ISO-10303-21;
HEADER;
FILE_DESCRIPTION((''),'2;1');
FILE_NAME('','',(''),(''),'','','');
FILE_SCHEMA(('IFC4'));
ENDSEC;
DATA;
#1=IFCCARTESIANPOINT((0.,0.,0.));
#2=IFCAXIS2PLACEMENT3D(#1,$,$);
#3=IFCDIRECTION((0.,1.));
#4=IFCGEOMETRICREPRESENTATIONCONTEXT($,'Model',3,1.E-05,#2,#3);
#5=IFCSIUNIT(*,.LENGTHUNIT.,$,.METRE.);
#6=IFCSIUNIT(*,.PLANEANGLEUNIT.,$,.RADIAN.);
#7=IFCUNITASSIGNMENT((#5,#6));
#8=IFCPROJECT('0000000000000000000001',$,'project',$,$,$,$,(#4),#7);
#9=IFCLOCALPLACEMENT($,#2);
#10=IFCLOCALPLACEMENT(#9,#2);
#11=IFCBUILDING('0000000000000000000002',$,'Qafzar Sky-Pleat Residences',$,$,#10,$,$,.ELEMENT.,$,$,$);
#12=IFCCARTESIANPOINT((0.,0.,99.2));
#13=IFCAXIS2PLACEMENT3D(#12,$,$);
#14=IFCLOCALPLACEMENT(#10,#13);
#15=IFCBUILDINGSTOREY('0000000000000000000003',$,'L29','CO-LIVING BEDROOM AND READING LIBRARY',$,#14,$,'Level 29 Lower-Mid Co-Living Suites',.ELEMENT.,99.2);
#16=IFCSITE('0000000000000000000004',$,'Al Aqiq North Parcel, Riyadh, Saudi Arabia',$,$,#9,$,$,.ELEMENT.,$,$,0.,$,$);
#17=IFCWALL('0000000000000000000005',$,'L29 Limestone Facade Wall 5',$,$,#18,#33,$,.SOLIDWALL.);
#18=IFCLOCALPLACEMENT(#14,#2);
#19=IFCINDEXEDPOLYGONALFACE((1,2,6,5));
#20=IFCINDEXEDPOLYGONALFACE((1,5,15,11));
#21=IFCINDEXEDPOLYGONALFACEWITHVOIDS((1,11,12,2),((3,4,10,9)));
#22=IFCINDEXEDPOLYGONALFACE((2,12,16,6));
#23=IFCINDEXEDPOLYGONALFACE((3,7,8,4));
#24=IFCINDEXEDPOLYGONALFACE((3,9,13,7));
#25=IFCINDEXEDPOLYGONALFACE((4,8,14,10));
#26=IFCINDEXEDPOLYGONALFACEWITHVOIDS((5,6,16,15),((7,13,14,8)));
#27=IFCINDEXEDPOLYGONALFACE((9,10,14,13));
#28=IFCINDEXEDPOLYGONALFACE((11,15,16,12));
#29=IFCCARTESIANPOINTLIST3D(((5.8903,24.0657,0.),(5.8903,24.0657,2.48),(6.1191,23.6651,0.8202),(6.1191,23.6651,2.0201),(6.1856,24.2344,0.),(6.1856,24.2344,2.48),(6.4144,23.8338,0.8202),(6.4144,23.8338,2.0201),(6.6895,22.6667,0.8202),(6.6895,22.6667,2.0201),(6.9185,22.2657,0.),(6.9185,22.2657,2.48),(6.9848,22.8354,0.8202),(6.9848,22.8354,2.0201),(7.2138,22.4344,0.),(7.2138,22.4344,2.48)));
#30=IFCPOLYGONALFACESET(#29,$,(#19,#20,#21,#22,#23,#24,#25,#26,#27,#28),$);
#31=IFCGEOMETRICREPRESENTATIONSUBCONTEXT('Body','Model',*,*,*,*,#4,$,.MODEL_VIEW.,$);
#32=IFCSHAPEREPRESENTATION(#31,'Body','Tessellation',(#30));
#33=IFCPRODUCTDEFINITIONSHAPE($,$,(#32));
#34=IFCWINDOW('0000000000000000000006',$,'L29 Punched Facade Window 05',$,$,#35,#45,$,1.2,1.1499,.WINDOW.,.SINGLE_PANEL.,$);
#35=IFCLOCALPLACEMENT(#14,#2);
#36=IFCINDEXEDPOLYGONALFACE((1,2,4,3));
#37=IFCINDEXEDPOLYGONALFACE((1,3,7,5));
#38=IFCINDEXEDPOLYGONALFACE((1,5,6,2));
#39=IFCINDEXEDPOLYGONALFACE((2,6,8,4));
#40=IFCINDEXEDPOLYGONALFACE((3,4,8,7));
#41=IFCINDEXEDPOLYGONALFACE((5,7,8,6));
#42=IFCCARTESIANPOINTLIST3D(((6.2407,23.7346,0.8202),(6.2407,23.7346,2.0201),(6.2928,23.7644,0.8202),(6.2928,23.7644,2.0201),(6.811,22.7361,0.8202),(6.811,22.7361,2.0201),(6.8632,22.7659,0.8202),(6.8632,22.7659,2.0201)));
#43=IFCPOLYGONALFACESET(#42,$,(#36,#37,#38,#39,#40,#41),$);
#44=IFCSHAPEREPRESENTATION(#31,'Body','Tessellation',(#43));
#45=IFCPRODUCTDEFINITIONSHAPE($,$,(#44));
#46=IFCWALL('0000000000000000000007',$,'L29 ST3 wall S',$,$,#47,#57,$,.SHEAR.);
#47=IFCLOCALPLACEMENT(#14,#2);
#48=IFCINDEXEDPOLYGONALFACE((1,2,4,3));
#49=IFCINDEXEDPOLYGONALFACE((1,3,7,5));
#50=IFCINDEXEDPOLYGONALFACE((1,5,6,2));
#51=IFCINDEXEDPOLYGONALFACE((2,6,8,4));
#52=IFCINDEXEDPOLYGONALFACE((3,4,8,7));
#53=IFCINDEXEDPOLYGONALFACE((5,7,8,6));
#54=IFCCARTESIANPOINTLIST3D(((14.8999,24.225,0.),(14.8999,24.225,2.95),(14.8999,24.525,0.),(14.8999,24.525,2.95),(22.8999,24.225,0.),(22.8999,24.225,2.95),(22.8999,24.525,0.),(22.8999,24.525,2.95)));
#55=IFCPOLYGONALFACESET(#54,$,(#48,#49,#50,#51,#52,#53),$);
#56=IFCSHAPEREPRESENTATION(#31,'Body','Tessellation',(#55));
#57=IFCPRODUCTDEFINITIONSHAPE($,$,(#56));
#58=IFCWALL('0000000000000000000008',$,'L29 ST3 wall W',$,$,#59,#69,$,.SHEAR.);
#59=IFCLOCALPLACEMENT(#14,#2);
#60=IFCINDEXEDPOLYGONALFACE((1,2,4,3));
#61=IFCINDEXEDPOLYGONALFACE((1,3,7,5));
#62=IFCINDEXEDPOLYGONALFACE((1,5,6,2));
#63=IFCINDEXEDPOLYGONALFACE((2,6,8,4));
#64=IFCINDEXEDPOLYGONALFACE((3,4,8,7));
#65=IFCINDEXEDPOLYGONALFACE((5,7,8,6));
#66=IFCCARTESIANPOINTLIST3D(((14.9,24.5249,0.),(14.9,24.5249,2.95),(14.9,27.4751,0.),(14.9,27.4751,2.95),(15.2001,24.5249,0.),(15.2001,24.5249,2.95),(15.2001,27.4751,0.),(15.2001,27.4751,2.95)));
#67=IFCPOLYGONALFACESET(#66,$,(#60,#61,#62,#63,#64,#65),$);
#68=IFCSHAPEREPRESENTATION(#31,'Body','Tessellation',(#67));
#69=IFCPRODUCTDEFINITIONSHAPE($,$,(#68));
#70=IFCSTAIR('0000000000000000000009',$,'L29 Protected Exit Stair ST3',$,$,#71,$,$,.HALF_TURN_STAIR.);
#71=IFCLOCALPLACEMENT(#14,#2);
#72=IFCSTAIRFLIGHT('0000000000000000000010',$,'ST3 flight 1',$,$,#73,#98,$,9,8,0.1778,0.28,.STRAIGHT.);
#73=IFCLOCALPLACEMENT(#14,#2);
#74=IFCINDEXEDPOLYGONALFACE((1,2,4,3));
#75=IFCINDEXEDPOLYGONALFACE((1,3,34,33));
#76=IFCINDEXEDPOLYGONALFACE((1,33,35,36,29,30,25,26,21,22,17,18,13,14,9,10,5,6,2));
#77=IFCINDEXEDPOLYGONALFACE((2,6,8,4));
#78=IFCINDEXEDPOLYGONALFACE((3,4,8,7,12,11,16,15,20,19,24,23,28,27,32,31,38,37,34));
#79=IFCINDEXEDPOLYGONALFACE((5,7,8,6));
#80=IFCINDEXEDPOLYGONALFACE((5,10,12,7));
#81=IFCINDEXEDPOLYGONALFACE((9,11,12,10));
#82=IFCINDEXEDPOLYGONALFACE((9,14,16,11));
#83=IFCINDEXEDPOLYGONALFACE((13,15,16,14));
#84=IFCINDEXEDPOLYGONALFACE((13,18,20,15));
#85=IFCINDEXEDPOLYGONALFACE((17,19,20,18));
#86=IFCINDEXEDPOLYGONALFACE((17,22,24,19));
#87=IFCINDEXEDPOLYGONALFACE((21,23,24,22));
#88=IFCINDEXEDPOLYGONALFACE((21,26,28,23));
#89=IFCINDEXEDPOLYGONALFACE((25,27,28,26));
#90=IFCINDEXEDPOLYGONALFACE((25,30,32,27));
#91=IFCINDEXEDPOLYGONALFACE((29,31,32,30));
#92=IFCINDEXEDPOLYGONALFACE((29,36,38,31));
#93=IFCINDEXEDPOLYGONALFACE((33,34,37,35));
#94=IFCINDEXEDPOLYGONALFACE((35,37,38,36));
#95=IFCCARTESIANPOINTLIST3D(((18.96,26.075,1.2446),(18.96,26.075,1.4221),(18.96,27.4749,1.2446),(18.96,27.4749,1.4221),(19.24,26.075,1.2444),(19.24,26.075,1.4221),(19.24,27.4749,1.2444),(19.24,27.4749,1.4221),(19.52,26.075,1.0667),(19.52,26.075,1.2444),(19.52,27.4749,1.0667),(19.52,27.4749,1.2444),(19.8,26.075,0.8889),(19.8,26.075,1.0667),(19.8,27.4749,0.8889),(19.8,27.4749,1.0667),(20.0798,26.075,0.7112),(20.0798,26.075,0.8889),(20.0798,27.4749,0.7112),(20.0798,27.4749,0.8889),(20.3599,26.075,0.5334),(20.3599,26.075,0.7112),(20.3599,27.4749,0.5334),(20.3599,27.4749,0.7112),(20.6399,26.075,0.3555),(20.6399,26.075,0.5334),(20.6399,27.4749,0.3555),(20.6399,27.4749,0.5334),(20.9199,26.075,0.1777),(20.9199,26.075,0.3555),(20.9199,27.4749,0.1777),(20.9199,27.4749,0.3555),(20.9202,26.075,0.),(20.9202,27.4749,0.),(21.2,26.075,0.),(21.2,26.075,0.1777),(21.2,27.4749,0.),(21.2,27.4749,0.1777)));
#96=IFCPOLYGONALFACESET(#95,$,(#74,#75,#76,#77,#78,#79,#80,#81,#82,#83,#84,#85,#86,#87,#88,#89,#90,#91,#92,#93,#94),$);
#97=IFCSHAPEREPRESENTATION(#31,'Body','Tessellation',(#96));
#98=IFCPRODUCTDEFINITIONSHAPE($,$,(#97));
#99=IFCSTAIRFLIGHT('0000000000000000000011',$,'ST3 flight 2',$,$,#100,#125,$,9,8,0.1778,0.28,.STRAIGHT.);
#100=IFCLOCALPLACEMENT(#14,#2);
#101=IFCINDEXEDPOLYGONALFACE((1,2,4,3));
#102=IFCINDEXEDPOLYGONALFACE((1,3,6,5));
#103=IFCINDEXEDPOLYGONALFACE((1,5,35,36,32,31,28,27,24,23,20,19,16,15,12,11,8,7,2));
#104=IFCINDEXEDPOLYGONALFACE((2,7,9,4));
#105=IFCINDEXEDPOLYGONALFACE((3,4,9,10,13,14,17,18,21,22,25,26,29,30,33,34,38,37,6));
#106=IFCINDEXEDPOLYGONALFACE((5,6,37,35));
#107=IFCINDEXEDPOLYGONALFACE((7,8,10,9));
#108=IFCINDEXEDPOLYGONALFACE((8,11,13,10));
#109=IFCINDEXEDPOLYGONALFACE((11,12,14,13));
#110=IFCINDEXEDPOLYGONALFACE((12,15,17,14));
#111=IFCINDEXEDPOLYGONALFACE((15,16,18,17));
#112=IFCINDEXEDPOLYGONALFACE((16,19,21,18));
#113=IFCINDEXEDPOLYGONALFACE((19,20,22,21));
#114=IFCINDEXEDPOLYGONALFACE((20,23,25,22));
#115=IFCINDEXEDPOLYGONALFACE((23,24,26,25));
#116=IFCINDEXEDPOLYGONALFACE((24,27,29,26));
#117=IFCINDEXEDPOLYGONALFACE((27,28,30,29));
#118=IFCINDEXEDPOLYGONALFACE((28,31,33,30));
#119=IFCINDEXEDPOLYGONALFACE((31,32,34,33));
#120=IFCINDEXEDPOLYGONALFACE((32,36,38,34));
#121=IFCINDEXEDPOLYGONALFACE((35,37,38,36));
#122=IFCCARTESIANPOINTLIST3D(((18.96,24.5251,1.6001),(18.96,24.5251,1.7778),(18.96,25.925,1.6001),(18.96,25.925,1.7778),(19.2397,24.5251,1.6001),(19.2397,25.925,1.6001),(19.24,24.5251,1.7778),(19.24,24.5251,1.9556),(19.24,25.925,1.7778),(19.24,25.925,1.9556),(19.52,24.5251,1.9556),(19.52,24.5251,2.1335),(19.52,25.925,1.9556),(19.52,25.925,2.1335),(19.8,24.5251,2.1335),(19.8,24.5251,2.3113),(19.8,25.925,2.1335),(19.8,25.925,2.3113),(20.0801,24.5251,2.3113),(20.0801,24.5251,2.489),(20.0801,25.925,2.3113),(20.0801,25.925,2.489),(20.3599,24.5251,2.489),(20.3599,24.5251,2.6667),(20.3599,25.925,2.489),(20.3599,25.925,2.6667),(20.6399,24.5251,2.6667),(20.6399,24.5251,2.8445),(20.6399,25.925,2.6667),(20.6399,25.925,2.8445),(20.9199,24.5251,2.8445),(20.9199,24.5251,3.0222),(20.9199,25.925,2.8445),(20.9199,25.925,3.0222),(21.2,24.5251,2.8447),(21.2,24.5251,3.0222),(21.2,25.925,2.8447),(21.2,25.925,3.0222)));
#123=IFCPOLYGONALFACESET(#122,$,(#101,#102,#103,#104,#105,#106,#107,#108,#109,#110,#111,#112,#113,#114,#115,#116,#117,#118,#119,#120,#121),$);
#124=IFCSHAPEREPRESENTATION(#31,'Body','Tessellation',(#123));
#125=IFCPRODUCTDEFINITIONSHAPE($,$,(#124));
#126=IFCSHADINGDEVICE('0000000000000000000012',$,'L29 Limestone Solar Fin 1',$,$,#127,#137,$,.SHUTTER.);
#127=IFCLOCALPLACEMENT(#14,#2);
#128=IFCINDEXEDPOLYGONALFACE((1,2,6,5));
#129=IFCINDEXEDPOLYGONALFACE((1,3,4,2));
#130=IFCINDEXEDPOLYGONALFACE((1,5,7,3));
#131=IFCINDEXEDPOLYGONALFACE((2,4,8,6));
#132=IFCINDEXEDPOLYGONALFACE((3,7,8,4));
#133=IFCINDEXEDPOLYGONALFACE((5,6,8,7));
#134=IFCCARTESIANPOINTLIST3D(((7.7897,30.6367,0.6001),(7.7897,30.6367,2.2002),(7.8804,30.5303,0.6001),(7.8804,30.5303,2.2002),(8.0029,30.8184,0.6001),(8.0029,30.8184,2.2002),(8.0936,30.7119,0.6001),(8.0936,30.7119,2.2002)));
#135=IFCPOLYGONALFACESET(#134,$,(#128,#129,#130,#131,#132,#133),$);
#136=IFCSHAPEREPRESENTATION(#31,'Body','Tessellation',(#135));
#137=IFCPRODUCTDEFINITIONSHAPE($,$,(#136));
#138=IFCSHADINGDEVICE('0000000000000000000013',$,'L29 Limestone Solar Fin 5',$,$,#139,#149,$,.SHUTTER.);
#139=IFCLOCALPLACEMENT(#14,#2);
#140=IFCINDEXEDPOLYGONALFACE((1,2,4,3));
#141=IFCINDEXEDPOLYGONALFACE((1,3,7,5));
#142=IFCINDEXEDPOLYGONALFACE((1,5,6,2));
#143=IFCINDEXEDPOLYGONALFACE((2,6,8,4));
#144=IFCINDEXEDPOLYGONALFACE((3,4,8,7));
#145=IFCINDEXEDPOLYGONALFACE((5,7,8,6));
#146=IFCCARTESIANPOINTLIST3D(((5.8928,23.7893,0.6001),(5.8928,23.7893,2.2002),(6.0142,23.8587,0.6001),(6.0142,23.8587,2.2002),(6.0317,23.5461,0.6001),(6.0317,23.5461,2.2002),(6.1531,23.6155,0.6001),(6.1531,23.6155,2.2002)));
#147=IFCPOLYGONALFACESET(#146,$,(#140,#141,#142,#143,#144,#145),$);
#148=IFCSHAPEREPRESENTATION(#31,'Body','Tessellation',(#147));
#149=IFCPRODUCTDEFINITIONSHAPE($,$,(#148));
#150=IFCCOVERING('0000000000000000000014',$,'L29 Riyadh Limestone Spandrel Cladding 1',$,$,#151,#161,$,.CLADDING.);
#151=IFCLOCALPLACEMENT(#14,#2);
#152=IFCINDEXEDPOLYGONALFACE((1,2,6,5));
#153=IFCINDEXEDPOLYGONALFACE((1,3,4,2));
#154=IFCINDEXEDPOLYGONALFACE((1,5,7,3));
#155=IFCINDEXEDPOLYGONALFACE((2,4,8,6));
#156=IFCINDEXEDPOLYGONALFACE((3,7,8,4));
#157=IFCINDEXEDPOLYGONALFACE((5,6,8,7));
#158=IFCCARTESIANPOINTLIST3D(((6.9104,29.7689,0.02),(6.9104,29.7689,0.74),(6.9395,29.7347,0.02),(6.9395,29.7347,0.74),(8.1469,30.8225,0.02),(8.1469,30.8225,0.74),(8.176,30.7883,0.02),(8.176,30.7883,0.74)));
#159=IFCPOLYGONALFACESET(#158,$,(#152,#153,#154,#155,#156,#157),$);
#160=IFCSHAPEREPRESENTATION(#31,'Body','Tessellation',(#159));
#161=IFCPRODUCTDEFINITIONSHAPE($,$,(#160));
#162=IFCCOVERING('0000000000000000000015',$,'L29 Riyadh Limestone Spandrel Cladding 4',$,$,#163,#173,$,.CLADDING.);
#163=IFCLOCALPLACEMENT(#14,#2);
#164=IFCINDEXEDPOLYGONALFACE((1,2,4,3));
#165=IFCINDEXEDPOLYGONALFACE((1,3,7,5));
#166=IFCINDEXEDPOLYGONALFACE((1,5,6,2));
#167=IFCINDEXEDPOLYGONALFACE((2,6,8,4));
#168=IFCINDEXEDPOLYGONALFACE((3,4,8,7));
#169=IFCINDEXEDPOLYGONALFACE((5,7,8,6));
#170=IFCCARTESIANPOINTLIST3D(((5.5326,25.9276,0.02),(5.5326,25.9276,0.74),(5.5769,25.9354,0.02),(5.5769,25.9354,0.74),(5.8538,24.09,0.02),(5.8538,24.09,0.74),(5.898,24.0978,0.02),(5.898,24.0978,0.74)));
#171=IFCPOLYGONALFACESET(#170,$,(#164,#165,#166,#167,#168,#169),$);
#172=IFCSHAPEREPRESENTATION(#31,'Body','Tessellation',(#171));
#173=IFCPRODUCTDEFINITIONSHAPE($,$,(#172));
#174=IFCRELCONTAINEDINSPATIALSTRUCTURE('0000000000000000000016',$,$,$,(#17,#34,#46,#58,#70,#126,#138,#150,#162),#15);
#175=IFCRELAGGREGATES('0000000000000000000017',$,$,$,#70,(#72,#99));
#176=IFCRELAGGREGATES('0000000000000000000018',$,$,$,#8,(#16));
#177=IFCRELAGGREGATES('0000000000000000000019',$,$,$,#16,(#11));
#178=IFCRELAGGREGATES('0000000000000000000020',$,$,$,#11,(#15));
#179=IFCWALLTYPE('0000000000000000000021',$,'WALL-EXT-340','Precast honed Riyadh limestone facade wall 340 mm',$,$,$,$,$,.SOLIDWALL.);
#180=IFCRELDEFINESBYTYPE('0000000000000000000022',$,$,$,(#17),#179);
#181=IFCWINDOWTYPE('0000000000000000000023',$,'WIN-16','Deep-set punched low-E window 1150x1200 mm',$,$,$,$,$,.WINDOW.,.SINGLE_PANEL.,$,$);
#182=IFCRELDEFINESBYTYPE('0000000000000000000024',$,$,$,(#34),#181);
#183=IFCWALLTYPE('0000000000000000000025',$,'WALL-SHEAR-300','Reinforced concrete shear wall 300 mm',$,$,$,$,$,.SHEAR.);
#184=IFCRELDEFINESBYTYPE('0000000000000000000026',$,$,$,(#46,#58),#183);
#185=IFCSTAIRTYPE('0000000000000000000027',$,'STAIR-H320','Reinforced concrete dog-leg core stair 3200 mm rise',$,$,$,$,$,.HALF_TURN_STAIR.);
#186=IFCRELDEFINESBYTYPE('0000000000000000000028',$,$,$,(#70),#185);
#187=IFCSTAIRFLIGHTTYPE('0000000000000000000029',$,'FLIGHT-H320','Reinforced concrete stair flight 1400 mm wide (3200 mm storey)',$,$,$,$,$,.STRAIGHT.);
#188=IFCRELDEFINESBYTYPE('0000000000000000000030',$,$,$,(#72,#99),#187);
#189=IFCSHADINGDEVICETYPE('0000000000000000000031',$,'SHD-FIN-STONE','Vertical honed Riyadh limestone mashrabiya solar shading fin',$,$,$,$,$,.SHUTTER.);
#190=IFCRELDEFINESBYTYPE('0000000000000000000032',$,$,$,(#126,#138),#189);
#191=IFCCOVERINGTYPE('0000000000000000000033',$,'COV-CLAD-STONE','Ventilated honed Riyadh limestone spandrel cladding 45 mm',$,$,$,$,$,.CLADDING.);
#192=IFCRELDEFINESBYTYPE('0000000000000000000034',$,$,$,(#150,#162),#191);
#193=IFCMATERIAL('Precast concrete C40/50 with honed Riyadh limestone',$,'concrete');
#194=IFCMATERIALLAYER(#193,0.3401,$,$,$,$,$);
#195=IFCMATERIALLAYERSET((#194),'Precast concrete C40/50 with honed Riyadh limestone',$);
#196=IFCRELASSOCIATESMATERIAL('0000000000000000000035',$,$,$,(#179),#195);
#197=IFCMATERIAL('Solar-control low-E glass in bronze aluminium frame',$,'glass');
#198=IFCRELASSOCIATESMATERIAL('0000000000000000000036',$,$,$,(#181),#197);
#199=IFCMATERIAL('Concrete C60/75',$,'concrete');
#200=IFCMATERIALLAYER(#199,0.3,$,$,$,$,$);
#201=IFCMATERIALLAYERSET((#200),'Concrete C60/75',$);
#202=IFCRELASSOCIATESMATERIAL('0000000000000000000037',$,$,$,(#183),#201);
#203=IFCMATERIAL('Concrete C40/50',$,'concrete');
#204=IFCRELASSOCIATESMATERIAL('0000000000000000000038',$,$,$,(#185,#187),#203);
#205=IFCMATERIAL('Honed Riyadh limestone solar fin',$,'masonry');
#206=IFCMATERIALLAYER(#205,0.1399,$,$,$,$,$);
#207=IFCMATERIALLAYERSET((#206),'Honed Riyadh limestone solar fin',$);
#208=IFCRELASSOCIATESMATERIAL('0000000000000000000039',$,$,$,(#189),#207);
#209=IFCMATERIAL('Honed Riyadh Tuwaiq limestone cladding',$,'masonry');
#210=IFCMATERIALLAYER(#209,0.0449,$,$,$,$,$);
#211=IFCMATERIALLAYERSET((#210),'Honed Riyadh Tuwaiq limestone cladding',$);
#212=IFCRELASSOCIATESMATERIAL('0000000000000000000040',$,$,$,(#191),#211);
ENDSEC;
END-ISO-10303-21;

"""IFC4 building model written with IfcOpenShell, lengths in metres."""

from ifc_helpers import new_model, si_unit, direction, frame, frame_2d, origin, origin_2d, place, context, subcontext, project, spatial, polyline, rectangle, outline, extrude, source, transform, mapped, material, layer, layer_set, type_object, element, fill, aggregate, save


model = new_model("IFC4")

# Units and contexts
model_context = context("Model", 3, precision=1e-05, world=origin(), true_north=direction((0.0, 1.0)))
body_context = subcontext(model_context, "Body", "Model", "MODEL_VIEW")
ifc_project = project(units=[si_unit("LENGTHUNIT", "METRE"), si_unit("PLANEANGLEUNIT", "RADIAN")], contexts=[model_context])

# Site, building, storey
site_placement = place(None, origin())
site = spatial("IfcSite", under=ifc_project, at=site_placement, Name="Al Aqiq North Parcel, Riyadh, Saudi Arabia", CompositionType="ELEMENT", RefElevation=0.0)
building_placement = place(site_placement, origin())
building = spatial("IfcBuilding", under=site, at=building_placement, Name="Qafzar Sky-Pleat Residences", CompositionType="ELEMENT")
storey_placement = place(building_placement, frame((0.0, 0.0, 99.2)))
storey = spatial("IfcBuildingStorey", under=building, at=storey_placement, Name="L29", Description="CO-LIVING BEDROOM AND READING LIBRARY", LongName="Level 29 Lower-Mid Co-Living Suites", CompositionType="ELEMENT", Elevation=99.2)

# Wall, opening, window
ifc_material_1 = material(Name="Precast concrete C40/50 with honed Riyadh limestone", Category="concrete")
ifc_layer_1 = layer(ifc_material_1, 0.3401)
ifc_layer_set_1 = layer_set([ifc_layer_1], Name="Precast concrete C40/50 with honed Riyadh limestone")
wall_type_1 = type_object("IfcWallType", Name="WALL-EXT-340", Description="Precast honed Riyadh limestone facade wall 340 mm", PredefinedType="SOLIDWALL", material=ifc_layer_set_1)
ifc_material_2 = material(Name="Solar-control low-E glass in bronze aluminium frame", Category="glass")
wall_1_placement = place(storey_placement, frame((6.0378, 24.1501, 0.0), z_axis=(0.0, 0.0, 1.0), x_axis=(0.496037, -0.868301, 0.0)))
wall_1 = element("IfcWall", 1, at=wall_1_placement, inside=storey, type_object=wall_type_1, Name="L29 Limestone Facade Wall 5", PredefinedType="SOLIDWALL", context=body_context, shape_type="SweptSolid", body=[
    extrude(rectangle(XDim=2.073, YDim=0.3401, at=frame_2d((1.0366, 0.0))), origin(), (0.0, 0.0, 1.0), 2.48),
])
opening_1_placement = place(wall_1_placement, frame((0.4614, 0.0, 0.8201)))
opening_1 = element("IfcOpeningElement", 2, at=opening_1_placement, cuts=wall_1, PredefinedType="OPENING", context=body_context, shape_type="SweptSolid", body=[
    extrude(rectangle(XDim=1.1499, YDim=1.2, at=frame_2d((0.575, 0.6001))), frame((0.0, 0.1802, 0.0), z_axis=(0.0, -1.0, 0.0), x_axis=(1.0, 0.0, 0.0)), (0.0, 0.0, 1.0), 0.3601),
])
window_type_1 = type_object("IfcWindowType", Name="WIN-16", Description="Deep-set punched low-E window 1150x1200 mm", PartitioningType="SINGLE_PANEL", PredefinedType="WINDOW", material=ifc_material_2)
shared_shape_1 = source(origin(), body_context, "Body", "SweptSolid", [
    extrude(rectangle(XDim=1.1499, YDim=1.2, at=frame_2d((0.575, 0.6001))), frame((0.0, 0.03, 0.0), z_axis=(0.0, -1.0, 0.0), x_axis=(1.0, 0.0, 0.0)), (0.0, 0.0, 1.0), 0.0601),
])
window_1_placement = place(opening_1_placement, origin())
window_1 = element("IfcWindow", 3, at=window_1_placement, inside=storey, type_object=window_type_1, Name="L29 Punched Facade Window 05", OverallHeight=1.2, OverallWidth=1.1499, PartitioningType="SINGLE_PANEL", PredefinedType="WINDOW", context=body_context, shape_type="MappedRepresentation", body=[
    mapped(shared_shape_1, transform((0.0, 0.0, 0.0), x_axis=(1.0, 0.0, 0.0), y_axis=(0.0, 1.0, 0.0), z_axis=(0.0, 0.0, 1.0), scale=1.0)),
])
fill(opening_1, window_1)

# Walls
ifc_material_3 = material(Name="Concrete C60/75", Category="concrete")
ifc_layer_2 = layer(ifc_material_3, 0.3)
ifc_layer_set_2 = layer_set([ifc_layer_2], Name="Concrete C60/75")
wall_type_2 = type_object("IfcWallType", Name="WALL-SHEAR-300", Description="Reinforced concrete shear wall 300 mm", PredefinedType="SHEAR", material=ifc_layer_set_2)
wall_2_placement = place(storey_placement, frame((14.8999, 24.375, 0.0), z_axis=(0.0, 0.0, 1.0), x_axis=(1.0, 0.0, 0.0)))
element("IfcWall", 4, at=wall_2_placement, inside=storey, type_object=wall_type_2, Name="L29 ST3 wall S", PredefinedType="SHEAR", context=body_context, shape_type="SweptSolid", body=[
    extrude(rectangle(XDim=8.0, YDim=0.3, at=frame_2d((4.0, 0.0))), origin(), (0.0, 0.0, 1.0), 2.95),
])
wall_3_placement = place(storey_placement, frame((15.05, 27.4751, 0.0), z_axis=(0.0, 0.0, 1.0), x_axis=(0.0, -1.0, 0.0)))
element("IfcWall", 5, at=wall_3_placement, inside=storey, type_object=wall_type_2, Name="L29 ST3 wall W", PredefinedType="SHEAR", context=body_context, shape_type="SweptSolid", body=[
    extrude(rectangle(XDim=2.9502, YDim=0.3, at=frame_2d((1.4751, 0.0))), origin(), (0.0, 0.0, 1.0), 2.95),
])

# Stair, stair flights
ifc_material_4 = material(Name="Concrete C40/50", Category="concrete")
stair_type = type_object("IfcStairType", Name="STAIR-H320", Description="Reinforced concrete dog-leg core stair 3200 mm rise", PredefinedType="HALF_TURN_STAIR", material=ifc_material_4)
stair_placement = place(storey_placement, origin())
stair = element("IfcStair", 6, at=stair_placement, inside=storey, type_object=stair_type, Name="L29 Protected Exit Stair ST3", PredefinedType="HALF_TURN_STAIR")
stair_flight_type = type_object("IfcStairFlightType", Name="FLIGHT-H320", Description="Reinforced concrete stair flight 1400 mm wide (3200 mm storey)", PredefinedType="STRAIGHT", material=ifc_material_4)
shared_shape_2 = source(origin(), body_context, "Body", "SweptSolid", [
    extrude(outline(polyline([(0.0, 0.0), (0.0, 0.1777), (0.28, 0.1777), (0.28, 0.3555), (0.5601, 0.3555), (0.5601, 0.5334), (0.8401, 0.5334), (0.8401, 0.7112), (1.1201, 0.7112), (1.1201, 0.8889), (1.3999, 0.8889), (1.3999, 1.0667), (1.6799, 1.0667), (1.6799, 1.2444), (1.96, 1.2444), (1.96, 1.4221), (2.24, 1.4221), (2.24, 1.6001), (2.24, 1.2446), (0.2798, 0.0), (0.0, 0.0)])), frame((0.0, 0.7, 0.0), z_axis=(0.0, -1.0, 0.0), x_axis=(1.0, 0.0, 0.0)), (0.0, 0.0, 1.0), 1.3999),
])
stair_flight_1_placement = place(storey_placement, frame((21.2, 26.7749, 0.0), z_axis=(0.0, 0.0, 1.0), x_axis=(-1.0, 0.0, 0.0)))
stair_flight_1 = element("IfcStairFlight", 7, at=stair_flight_1_placement, type_object=stair_flight_type, Name="ST3 flight 1", NumberOfRisers=9, NumberOfTreads=8, PredefinedType="STRAIGHT", RiserHeight=0.1778, TreadLength=0.28, context=body_context, shape_type="MappedRepresentation", body=[
    mapped(shared_shape_2, transform((0.0, 0.0, 0.0), x_axis=(1.0, 0.0, 0.0), y_axis=(0.0, 1.0, 0.0), z_axis=(0.0, 0.0, 1.0), scale=1.0)),
])
stair_flight_2_placement = place(storey_placement, frame((18.96, 25.2251, 1.6001), z_axis=(0.0, 0.0, 1.0), x_axis=(1.0, 0.0, 0.0)))
stair_flight_2 = element("IfcStairFlight", 8, at=stair_flight_2_placement, type_object=stair_flight_type, Name="ST3 flight 2", NumberOfRisers=9, NumberOfTreads=8, PredefinedType="STRAIGHT", RiserHeight=0.1778, TreadLength=0.28, context=body_context, shape_type="MappedRepresentation", body=[
    mapped(shared_shape_2, transform((0.0, 0.0, 0.0), x_axis=(1.0, 0.0, 0.0), y_axis=(0.0, 1.0, 0.0), z_axis=(0.0, 0.0, 1.0), scale=1.0)),
])
aggregate(stair, [stair_flight_1, stair_flight_2])

# Shading devices
ifc_material_5 = material(Name="Honed Riyadh limestone solar fin", Category="masonry")
ifc_layer_3 = layer(ifc_material_5, 0.1399)
ifc_layer_set_3 = layer_set([ifc_layer_3], Name="Honed Riyadh limestone solar fin")
shading_device_type = type_object("IfcShadingDeviceType", Name="SHD-FIN-STONE", Description="Vertical honed Riyadh limestone mashrabiya solar shading fin", PredefinedType="SHUTTER", material=ifc_layer_set_3)
shared_shape_3 = source(origin(), body_context, "Body", "SweptSolid", [
    extrude(rectangle(XDim=0.1399, YDim=0.28, at=origin_2d()), origin(), (0.0, 0.0, 1.0), 1.6001),
])
for number, where, z_axis, x_axis, name in (
    (9, (7.9417, 30.6743, 0.6001), (0.0, 0.0, 1.0), (-0.648603, 0.761127, 0.0), "L29 Limestone Solar Fin 1"),
    (10, (6.0229, 23.7024, 0.6001), (0.0, 0.0, 1.0), (-0.868299, -0.496042, 0.0), "L29 Limestone Solar Fin 5"),
):
    element("IfcShadingDevice", number, at=place(storey_placement, frame(where, z_axis=z_axis, x_axis=x_axis)), inside=storey, type_object=shading_device_type, Name=name, PredefinedType="SHUTTER", context=body_context, shape_type="MappedRepresentation", body=[
        mapped(shared_shape_3, transform((0.0, 0.0, 0.0), x_axis=(1.0, 0.0, 0.0), y_axis=(0.0, 1.0, 0.0), z_axis=(0.0, 0.0, 1.0), scale=1.0)),
    ])

# Coverings
ifc_material_6 = material(Name="Honed Riyadh Tuwaiq limestone cladding", Category="masonry")
ifc_layer_4 = layer(ifc_material_6, 0.0449)
ifc_layer_set_4 = layer_set([ifc_layer_4], Name="Honed Riyadh Tuwaiq limestone cladding")
covering_type = type_object("IfcCoveringType", Name="COV-CLAD-STONE", Description="Ventilated honed Riyadh limestone spandrel cladding 45 mm", PredefinedType="CLADDING", material=ifc_layer_set_4)
shared_shape_4 = source(origin(), body_context, "Body", "SweptSolid", [
    extrude(rectangle(XDim=1.6245, YDim=0.0449, at=origin_2d()), origin(), (0.0, 0.0, 1.0), 0.72),
])
covering_1_placement = place(storey_placement, frame((7.5432, 30.2786, 0.02), z_axis=(0.0, 0.0, 1.0), x_axis=(-0.761154, -0.648571, 0.0)))
element("IfcCovering", 11, at=covering_1_placement, inside=storey, type_object=covering_type, Name="L29 Riyadh Limestone Spandrel Cladding 1", PredefinedType="CLADDING", context=body_context, shape_type="MappedRepresentation", body=[
    mapped(shared_shape_4, transform((0.0, 0.0, 0.0), x_axis=(1.0, 0.0, 0.0), y_axis=(0.0, 1.0, 0.0), z_axis=(0.0, 0.0, 1.0), scale=1.0)),
])
shared_shape_5 = source(origin(), body_context, "Body", "SweptSolid", [
    extrude(rectangle(XDim=1.8655, YDim=0.0449, at=origin_2d()), origin(), (0.0, 0.0, 1.0), 0.72),
])
covering_2_placement = place(storey_placement, frame((5.7153, 25.0127, 0.02), z_axis=(0.0, 0.0, 1.0), x_axis=(0.17217, -0.985067, 0.0)))
element("IfcCovering", 12, at=covering_2_placement, inside=storey, type_object=covering_type, Name="L29 Riyadh Limestone Spandrel Cladding 4", PredefinedType="CLADDING", context=body_context, shape_type="MappedRepresentation", body=[
    mapped(shared_shape_5, transform((0.0, 0.0, 0.0), x_axis=(1.0, 0.0, 0.0), y_axis=(0.0, 1.0, 0.0), z_axis=(0.0, 0.0, 1.0), scale=1.0)),
])

save(model, "model.ifc")
